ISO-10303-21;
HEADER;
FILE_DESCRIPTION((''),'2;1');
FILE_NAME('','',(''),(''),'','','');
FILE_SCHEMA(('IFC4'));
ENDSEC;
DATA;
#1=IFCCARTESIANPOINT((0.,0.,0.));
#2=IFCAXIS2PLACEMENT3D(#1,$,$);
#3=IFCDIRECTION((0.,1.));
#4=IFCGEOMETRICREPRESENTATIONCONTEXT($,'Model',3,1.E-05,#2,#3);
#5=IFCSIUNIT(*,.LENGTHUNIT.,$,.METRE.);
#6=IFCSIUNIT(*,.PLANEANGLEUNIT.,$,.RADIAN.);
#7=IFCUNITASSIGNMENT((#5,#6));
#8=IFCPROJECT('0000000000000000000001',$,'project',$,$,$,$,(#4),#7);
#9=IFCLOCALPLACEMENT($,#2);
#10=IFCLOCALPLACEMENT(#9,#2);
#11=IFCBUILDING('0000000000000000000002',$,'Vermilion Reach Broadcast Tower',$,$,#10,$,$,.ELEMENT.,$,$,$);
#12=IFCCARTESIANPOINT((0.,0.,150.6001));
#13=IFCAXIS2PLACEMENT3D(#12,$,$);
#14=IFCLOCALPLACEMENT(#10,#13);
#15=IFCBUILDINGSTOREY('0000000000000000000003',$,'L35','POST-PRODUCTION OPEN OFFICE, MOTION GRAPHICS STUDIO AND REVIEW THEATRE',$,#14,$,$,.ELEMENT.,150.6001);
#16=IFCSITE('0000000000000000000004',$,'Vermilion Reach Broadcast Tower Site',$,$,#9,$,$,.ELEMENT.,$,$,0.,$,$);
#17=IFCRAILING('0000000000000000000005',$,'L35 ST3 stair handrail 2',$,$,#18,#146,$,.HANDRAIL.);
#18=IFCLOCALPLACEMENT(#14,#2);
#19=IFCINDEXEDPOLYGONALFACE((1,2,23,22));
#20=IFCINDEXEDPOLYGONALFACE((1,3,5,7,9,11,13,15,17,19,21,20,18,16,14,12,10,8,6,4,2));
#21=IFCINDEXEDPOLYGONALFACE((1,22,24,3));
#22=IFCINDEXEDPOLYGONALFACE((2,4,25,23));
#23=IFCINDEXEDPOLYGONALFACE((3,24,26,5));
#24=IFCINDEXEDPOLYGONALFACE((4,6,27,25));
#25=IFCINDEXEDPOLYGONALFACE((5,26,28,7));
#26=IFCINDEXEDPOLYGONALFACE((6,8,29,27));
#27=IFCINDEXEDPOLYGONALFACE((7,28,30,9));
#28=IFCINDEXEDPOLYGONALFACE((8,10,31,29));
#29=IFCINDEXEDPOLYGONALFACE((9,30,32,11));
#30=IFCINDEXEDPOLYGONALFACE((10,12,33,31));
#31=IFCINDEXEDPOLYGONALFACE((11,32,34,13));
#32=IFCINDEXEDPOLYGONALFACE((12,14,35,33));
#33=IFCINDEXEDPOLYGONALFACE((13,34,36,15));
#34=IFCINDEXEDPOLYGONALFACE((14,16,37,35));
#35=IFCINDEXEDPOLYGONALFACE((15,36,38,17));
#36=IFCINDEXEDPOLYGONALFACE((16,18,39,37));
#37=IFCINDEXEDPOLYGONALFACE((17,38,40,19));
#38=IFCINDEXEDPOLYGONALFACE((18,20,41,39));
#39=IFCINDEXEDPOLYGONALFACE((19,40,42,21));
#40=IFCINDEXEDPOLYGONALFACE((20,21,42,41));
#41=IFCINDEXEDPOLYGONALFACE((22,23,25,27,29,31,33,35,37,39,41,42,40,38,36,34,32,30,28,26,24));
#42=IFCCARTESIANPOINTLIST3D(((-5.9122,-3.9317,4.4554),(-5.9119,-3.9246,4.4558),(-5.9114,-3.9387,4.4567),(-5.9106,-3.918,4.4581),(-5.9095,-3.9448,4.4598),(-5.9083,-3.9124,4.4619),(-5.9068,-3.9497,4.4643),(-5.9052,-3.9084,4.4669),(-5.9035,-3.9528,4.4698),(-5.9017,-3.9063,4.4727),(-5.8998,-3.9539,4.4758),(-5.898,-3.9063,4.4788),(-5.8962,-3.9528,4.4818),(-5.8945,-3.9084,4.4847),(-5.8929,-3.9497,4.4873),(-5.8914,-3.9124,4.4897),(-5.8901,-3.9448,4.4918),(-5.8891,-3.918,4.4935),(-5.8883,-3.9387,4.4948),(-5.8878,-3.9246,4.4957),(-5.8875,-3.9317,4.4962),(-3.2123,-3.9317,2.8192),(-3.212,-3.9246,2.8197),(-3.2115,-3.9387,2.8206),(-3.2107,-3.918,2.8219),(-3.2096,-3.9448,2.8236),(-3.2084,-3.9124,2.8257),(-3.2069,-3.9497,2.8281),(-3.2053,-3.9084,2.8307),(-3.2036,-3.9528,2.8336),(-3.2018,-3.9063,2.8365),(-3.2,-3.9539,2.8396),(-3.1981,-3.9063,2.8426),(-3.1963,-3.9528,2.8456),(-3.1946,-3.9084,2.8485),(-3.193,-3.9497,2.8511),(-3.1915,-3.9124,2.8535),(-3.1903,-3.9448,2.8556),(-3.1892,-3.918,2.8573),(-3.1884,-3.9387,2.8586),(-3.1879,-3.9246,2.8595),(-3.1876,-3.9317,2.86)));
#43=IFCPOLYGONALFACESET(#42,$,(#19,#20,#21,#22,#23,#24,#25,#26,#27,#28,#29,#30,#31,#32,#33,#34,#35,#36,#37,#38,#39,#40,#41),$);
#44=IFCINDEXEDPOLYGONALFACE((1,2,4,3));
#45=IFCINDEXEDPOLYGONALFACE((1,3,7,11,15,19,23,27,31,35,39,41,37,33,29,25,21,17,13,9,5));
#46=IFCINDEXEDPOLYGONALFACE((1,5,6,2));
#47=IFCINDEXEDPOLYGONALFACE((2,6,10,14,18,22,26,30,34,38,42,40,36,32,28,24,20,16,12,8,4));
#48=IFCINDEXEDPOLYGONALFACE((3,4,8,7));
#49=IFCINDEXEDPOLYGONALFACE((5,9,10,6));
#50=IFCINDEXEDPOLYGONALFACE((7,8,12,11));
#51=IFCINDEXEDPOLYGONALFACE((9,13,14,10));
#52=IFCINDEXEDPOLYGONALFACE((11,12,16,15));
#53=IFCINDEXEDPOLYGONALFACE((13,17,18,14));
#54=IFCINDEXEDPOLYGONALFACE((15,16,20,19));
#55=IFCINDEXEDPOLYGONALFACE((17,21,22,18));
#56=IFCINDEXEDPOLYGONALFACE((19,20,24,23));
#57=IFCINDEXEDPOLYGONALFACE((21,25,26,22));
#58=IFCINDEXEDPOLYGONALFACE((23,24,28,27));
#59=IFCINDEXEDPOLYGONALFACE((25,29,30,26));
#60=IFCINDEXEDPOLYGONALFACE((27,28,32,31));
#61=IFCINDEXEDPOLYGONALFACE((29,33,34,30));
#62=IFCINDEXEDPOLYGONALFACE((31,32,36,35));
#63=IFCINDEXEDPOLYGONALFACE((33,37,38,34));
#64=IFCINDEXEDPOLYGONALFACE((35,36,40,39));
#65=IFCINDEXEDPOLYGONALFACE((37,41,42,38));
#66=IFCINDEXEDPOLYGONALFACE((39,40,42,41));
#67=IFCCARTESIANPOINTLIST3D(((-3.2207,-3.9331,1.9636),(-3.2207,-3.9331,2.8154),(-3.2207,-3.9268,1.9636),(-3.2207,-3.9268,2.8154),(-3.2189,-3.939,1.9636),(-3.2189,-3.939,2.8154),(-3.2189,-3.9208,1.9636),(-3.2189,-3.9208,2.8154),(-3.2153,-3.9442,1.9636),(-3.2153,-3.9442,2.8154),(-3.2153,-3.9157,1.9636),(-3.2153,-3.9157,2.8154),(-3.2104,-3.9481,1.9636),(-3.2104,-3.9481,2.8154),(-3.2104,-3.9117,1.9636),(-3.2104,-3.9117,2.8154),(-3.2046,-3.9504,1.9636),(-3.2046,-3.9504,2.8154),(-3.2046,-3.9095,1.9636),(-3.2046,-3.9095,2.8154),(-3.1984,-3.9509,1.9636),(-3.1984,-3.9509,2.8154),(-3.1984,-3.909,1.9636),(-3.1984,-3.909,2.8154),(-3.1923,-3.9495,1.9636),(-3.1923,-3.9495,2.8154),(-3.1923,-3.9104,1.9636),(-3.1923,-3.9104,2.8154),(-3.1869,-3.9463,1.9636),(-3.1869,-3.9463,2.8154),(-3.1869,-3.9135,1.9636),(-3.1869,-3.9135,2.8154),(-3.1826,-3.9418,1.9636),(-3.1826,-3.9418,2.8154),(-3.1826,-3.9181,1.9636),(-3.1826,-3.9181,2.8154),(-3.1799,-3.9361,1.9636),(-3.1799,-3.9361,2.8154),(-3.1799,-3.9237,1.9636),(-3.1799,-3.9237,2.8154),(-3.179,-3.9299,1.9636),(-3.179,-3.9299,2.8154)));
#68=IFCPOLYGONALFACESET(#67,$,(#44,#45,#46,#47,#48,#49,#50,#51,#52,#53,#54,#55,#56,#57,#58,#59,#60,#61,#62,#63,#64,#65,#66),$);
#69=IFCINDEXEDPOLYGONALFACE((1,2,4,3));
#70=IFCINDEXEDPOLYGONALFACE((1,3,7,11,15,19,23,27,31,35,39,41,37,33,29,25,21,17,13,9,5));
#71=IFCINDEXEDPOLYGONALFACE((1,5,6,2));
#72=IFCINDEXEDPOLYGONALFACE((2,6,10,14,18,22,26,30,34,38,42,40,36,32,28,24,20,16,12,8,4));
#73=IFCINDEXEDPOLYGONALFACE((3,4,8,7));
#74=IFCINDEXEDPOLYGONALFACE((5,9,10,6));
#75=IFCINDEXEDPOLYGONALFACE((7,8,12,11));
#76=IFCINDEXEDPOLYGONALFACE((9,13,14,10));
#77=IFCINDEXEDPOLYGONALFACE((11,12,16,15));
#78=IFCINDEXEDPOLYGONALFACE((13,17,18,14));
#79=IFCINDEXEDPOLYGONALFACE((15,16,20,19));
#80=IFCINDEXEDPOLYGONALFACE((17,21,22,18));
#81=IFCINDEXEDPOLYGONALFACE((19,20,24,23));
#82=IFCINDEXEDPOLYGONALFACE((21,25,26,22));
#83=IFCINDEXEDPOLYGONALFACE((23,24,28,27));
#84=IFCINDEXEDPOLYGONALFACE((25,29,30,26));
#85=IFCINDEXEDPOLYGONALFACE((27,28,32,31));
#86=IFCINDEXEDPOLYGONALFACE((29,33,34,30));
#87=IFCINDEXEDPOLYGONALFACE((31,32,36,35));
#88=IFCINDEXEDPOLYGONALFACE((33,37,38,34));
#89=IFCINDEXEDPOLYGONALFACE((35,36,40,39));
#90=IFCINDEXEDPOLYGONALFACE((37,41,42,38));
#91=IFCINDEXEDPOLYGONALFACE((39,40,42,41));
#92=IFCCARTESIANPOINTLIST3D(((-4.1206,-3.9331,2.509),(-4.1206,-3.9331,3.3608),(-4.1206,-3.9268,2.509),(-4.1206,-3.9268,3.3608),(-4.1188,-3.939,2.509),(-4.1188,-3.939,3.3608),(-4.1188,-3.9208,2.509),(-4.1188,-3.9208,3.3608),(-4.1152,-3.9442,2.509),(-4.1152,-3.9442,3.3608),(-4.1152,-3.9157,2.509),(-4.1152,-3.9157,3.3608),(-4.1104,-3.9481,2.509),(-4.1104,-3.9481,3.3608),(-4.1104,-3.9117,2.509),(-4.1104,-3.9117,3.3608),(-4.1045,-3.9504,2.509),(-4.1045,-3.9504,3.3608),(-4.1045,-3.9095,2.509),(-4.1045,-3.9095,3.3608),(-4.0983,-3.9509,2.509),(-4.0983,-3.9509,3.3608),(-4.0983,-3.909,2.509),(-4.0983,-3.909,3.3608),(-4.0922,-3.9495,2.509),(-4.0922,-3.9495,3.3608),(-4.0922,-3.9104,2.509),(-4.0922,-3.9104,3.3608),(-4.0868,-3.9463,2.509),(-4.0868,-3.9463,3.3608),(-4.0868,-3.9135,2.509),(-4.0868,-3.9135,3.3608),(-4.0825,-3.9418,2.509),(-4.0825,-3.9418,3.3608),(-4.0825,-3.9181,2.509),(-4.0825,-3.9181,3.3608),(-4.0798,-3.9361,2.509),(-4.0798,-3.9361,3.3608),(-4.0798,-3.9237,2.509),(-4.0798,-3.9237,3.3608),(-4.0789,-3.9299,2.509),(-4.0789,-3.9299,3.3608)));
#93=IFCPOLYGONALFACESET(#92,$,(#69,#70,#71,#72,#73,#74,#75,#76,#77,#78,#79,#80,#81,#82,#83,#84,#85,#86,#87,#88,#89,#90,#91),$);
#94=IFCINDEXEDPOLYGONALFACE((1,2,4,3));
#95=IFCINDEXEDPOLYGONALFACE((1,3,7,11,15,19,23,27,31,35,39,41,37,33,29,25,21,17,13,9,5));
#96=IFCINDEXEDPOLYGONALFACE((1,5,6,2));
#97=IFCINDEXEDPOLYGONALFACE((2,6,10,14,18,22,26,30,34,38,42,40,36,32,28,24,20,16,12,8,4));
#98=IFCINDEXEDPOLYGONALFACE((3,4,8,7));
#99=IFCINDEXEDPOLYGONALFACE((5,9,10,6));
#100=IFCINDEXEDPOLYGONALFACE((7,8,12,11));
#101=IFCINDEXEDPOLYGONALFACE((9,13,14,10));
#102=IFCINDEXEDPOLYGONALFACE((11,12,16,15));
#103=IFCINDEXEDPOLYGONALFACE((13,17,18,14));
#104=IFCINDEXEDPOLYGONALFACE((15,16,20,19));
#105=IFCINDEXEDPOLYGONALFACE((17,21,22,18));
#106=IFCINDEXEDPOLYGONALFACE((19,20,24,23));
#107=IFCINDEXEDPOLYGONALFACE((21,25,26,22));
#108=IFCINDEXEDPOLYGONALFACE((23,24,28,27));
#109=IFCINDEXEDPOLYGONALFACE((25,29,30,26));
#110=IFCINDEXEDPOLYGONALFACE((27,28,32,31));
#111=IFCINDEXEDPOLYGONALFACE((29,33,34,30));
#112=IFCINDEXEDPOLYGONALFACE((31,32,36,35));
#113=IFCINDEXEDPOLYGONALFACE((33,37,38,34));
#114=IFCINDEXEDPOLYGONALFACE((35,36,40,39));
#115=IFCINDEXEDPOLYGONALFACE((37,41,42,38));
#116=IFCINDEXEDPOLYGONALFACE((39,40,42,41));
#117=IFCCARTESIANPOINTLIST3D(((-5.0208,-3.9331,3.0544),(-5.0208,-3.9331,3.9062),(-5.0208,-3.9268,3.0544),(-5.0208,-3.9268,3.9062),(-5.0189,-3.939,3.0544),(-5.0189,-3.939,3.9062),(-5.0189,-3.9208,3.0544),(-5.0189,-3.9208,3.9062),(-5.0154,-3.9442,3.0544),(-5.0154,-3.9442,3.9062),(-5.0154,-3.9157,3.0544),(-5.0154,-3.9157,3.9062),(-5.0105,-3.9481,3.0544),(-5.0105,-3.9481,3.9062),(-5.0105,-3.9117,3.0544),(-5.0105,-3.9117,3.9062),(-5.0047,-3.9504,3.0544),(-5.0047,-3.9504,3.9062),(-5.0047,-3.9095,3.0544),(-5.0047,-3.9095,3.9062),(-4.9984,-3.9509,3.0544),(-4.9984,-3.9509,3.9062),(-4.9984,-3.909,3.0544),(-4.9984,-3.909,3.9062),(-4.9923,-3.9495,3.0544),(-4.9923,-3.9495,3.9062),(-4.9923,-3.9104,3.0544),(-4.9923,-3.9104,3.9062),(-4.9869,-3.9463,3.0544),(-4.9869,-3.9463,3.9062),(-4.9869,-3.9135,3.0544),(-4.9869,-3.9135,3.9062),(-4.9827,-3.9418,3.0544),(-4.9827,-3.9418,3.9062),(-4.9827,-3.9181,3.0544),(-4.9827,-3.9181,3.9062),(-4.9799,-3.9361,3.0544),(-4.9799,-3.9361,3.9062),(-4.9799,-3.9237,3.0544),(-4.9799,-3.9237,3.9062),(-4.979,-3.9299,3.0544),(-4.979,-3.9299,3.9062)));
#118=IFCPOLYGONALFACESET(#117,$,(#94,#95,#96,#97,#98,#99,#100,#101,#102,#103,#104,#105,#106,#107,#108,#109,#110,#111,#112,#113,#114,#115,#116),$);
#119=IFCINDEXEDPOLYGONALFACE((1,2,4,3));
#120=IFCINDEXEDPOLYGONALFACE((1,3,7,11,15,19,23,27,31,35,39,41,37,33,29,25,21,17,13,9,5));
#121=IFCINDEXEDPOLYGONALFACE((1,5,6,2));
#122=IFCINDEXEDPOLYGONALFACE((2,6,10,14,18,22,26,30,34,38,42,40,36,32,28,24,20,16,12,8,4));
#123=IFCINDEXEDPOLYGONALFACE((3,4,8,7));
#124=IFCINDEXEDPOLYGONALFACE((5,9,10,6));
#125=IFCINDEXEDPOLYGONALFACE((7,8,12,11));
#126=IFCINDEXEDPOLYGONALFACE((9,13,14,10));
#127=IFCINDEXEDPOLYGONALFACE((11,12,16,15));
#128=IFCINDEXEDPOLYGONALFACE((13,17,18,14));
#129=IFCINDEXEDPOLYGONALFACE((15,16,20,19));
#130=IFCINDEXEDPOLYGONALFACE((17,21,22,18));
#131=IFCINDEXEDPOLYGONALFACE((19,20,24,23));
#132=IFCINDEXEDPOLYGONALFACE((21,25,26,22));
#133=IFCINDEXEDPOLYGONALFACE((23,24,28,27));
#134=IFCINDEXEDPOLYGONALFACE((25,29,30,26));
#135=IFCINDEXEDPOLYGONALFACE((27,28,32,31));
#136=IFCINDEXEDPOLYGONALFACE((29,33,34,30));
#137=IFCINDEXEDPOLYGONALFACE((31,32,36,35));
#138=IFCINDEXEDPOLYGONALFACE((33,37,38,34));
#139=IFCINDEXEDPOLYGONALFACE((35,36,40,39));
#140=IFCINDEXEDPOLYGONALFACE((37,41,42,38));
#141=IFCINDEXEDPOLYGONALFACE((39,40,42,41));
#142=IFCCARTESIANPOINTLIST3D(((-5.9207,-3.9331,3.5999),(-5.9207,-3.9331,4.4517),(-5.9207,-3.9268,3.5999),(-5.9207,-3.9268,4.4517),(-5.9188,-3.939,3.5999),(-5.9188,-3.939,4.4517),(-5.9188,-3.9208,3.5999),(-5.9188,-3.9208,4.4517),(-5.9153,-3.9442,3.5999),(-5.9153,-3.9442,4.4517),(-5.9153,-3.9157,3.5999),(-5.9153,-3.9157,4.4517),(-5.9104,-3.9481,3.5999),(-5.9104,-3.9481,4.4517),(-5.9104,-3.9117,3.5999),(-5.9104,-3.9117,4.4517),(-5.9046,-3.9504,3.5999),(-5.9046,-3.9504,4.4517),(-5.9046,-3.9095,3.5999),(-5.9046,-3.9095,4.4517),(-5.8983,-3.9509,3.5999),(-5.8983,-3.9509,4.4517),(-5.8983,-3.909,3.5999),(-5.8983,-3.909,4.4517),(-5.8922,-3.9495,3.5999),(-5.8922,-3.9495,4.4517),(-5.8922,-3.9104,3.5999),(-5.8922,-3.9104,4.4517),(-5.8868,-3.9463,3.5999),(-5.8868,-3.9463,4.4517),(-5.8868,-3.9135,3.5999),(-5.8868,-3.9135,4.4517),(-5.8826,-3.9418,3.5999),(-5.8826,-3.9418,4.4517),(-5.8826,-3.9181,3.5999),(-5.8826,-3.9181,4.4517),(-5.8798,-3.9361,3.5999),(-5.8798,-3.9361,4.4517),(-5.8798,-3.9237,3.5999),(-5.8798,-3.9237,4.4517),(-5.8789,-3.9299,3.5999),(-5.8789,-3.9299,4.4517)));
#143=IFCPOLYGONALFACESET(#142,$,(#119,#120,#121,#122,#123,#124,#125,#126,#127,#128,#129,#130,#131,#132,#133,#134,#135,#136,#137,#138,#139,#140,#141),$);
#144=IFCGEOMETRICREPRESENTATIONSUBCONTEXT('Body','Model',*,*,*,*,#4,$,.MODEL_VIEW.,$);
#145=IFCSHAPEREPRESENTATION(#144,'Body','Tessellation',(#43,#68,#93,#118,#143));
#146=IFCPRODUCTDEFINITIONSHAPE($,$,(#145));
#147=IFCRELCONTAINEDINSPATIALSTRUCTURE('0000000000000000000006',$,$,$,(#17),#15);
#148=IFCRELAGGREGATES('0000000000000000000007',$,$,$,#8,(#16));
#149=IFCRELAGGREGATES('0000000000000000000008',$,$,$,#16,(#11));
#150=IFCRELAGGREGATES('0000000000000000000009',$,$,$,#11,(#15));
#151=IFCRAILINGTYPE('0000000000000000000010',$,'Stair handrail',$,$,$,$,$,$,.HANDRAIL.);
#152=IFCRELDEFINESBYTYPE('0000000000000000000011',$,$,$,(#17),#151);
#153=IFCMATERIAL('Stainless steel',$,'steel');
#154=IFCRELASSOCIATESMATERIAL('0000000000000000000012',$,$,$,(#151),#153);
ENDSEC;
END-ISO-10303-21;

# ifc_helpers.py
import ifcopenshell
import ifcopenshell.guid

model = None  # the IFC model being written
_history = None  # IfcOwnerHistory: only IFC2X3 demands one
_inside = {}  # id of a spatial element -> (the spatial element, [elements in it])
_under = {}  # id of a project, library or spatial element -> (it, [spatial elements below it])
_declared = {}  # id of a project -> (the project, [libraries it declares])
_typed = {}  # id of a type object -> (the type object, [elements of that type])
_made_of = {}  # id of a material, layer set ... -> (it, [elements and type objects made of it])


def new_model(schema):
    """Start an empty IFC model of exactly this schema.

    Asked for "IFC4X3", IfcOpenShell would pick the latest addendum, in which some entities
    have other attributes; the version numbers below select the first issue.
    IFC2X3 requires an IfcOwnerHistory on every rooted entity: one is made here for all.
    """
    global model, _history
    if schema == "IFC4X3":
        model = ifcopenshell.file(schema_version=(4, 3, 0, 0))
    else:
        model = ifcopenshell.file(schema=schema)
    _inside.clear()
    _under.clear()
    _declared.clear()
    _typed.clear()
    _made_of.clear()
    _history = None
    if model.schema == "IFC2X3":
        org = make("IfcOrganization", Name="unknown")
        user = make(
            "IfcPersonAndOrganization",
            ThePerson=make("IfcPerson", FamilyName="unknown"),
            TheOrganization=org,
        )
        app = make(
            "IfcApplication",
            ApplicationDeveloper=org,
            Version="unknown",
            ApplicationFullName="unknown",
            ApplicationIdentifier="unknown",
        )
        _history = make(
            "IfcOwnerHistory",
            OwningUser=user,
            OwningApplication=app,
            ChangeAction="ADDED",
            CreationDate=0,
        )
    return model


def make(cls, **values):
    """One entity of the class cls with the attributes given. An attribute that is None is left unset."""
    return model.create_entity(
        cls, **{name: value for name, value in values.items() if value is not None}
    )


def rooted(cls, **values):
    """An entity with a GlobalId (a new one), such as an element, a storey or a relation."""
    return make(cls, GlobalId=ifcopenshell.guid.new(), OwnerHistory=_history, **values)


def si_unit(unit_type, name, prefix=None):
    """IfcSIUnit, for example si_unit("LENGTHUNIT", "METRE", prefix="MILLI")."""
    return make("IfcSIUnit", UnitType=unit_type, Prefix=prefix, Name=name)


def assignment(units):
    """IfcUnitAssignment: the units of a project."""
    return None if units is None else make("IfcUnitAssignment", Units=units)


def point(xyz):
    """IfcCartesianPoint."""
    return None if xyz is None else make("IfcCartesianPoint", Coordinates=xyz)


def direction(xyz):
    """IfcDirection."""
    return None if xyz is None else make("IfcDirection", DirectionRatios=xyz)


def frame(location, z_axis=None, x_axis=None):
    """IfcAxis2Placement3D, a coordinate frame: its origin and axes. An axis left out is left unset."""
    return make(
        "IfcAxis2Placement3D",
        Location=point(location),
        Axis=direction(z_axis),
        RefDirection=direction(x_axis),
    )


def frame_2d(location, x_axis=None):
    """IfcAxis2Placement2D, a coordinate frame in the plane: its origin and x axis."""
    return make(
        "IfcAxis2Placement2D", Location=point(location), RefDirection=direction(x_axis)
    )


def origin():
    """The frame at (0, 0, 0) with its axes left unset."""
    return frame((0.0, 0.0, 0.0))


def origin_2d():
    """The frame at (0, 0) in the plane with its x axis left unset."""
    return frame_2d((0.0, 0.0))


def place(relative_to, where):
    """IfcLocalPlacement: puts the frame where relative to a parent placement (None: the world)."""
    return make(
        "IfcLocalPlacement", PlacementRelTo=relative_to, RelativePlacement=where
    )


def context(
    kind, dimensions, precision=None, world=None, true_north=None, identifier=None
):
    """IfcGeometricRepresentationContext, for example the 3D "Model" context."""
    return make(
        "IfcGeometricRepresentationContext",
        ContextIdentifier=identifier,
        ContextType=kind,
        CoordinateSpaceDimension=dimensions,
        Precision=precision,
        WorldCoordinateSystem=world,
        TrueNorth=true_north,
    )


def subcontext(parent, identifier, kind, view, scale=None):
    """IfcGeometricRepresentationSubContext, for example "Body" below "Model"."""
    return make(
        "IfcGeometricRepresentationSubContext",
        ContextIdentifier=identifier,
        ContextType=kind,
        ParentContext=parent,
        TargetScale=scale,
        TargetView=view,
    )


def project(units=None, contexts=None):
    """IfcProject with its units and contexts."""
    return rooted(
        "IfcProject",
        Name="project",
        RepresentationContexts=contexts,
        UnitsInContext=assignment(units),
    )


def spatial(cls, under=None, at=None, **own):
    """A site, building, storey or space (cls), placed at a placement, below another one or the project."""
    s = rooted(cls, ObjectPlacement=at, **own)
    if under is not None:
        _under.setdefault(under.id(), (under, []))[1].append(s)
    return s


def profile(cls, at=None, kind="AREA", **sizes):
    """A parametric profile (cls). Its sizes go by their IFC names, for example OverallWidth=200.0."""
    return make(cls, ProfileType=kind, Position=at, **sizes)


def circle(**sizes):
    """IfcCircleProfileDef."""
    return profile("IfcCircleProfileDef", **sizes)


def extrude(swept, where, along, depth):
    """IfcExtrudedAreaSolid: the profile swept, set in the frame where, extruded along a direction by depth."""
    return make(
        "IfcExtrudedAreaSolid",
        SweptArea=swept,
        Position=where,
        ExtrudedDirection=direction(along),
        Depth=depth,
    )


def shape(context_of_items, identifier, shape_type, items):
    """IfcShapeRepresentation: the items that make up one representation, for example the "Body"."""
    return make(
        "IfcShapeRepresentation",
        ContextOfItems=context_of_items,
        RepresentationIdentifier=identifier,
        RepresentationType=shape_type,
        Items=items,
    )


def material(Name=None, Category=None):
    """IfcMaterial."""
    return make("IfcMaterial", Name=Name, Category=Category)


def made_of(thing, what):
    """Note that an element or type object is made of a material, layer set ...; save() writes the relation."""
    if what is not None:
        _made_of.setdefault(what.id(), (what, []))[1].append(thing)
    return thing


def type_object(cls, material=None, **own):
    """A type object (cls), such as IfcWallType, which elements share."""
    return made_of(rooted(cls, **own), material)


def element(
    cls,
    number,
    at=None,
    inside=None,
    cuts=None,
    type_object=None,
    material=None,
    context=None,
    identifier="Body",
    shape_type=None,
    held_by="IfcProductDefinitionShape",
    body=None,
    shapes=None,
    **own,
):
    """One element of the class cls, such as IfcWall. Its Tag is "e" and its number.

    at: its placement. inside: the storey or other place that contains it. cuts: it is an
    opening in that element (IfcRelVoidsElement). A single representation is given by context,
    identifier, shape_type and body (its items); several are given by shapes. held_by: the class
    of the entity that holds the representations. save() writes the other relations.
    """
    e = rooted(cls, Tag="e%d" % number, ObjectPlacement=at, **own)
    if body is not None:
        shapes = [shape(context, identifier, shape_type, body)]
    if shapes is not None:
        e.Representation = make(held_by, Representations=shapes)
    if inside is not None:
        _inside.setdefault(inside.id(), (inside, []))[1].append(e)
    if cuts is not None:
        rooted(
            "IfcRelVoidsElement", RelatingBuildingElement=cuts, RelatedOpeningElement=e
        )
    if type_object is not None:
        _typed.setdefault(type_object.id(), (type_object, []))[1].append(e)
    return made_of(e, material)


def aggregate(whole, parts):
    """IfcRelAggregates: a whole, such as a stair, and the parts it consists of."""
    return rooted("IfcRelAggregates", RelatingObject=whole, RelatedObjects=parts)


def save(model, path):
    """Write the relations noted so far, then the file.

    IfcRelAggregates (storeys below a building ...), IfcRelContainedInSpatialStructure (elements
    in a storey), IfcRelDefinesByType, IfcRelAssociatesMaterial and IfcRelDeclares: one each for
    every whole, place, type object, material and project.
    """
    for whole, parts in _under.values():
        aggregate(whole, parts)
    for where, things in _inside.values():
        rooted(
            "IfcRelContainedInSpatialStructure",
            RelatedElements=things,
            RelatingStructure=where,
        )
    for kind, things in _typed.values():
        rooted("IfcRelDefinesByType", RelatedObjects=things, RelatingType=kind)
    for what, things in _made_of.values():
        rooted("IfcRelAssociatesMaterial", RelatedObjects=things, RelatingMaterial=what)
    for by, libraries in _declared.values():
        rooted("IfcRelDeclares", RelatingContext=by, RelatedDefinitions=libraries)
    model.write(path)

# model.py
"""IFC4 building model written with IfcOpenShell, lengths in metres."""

from ifc_helpers import new_model, si_unit, direction, frame, origin, origin_2d, place, context, subcontext, project, spatial, circle, extrude, material, type_object, element, save


model = new_model("IFC4")

# Units and contexts
model_context = context("Model", 3, precision=1e-05, world=origin(), true_north=direction((0.0, 1.0)))
body_context = subcontext(model_context, "Body", "Model", "MODEL_VIEW")
ifc_project = project(units=[si_unit("LENGTHUNIT", "METRE"), si_unit("PLANEANGLEUNIT", "RADIAN")], contexts=[model_context])

# Site, building, storey
site_placement = place(None, origin())
site = spatial("IfcSite", under=ifc_project, at=site_placement, Name="Vermilion Reach Broadcast Tower Site", CompositionType="ELEMENT", RefElevation=0.0)
building_placement = place(site_placement, origin())
building = spatial("IfcBuilding", under=site, at=building_placement, Name="Vermilion Reach Broadcast Tower", CompositionType="ELEMENT")
storey_placement = place(building_placement, frame((0.0, 0.0, 150.6001)))
storey = spatial("IfcBuildingStorey", under=building, at=storey_placement, Name="L35", Description="POST-PRODUCTION OPEN OFFICE, MOTION GRAPHICS STUDIO AND REVIEW THEATRE", CompositionType="ELEMENT", Elevation=150.6001)

# Railing
ifc_material_1 = material(Name="Stainless steel", Category="steel")
railing_type_1 = type_object("IfcRailingType", Name="Stair handrail", PredefinedType="HANDRAIL", material=ifc_material_1)
railing_1_placement = place(storey_placement, frame((-3.2, -3.9299, 1.9636)))
element("IfcRailing", 1, at=railing_1_placement, inside=storey, type_object=railing_type_1, Name="L35 ST3 stair handrail 2", PredefinedType="HANDRAIL", context=body_context, shape_type="SweptSolid", body=[
    extrude(circle(Radius=0.0239, at=origin_2d()), frame((0.0, 0.0, 0.876), z_axis=(-0.855212, 0.0, 0.518278), x_axis=(0.0, -1.0, 0.0)), (0.0, 0.0, 1.0), 3.157),
    extrude(circle(Radius=0.021, at=origin_2d()), origin(), (0.0, 0.0, 1.0), 0.8518),
    extrude(circle(Radius=0.021, at=origin_2d()), frame((-0.8999, 0.0, 0.5454)), (0.0, 0.0, 1.0), 0.8518),
    extrude(circle(Radius=0.021, at=origin_2d()), frame((-1.8, 0.0, 1.0908)), (0.0, 0.0, 1.0), 0.8518),
    extrude(circle(Radius=0.021, at=origin_2d()), frame((-2.7, 0.0, 1.6362)), (0.0, 0.0, 1.0), 0.8518),
])

save(model, "model.ifc")
